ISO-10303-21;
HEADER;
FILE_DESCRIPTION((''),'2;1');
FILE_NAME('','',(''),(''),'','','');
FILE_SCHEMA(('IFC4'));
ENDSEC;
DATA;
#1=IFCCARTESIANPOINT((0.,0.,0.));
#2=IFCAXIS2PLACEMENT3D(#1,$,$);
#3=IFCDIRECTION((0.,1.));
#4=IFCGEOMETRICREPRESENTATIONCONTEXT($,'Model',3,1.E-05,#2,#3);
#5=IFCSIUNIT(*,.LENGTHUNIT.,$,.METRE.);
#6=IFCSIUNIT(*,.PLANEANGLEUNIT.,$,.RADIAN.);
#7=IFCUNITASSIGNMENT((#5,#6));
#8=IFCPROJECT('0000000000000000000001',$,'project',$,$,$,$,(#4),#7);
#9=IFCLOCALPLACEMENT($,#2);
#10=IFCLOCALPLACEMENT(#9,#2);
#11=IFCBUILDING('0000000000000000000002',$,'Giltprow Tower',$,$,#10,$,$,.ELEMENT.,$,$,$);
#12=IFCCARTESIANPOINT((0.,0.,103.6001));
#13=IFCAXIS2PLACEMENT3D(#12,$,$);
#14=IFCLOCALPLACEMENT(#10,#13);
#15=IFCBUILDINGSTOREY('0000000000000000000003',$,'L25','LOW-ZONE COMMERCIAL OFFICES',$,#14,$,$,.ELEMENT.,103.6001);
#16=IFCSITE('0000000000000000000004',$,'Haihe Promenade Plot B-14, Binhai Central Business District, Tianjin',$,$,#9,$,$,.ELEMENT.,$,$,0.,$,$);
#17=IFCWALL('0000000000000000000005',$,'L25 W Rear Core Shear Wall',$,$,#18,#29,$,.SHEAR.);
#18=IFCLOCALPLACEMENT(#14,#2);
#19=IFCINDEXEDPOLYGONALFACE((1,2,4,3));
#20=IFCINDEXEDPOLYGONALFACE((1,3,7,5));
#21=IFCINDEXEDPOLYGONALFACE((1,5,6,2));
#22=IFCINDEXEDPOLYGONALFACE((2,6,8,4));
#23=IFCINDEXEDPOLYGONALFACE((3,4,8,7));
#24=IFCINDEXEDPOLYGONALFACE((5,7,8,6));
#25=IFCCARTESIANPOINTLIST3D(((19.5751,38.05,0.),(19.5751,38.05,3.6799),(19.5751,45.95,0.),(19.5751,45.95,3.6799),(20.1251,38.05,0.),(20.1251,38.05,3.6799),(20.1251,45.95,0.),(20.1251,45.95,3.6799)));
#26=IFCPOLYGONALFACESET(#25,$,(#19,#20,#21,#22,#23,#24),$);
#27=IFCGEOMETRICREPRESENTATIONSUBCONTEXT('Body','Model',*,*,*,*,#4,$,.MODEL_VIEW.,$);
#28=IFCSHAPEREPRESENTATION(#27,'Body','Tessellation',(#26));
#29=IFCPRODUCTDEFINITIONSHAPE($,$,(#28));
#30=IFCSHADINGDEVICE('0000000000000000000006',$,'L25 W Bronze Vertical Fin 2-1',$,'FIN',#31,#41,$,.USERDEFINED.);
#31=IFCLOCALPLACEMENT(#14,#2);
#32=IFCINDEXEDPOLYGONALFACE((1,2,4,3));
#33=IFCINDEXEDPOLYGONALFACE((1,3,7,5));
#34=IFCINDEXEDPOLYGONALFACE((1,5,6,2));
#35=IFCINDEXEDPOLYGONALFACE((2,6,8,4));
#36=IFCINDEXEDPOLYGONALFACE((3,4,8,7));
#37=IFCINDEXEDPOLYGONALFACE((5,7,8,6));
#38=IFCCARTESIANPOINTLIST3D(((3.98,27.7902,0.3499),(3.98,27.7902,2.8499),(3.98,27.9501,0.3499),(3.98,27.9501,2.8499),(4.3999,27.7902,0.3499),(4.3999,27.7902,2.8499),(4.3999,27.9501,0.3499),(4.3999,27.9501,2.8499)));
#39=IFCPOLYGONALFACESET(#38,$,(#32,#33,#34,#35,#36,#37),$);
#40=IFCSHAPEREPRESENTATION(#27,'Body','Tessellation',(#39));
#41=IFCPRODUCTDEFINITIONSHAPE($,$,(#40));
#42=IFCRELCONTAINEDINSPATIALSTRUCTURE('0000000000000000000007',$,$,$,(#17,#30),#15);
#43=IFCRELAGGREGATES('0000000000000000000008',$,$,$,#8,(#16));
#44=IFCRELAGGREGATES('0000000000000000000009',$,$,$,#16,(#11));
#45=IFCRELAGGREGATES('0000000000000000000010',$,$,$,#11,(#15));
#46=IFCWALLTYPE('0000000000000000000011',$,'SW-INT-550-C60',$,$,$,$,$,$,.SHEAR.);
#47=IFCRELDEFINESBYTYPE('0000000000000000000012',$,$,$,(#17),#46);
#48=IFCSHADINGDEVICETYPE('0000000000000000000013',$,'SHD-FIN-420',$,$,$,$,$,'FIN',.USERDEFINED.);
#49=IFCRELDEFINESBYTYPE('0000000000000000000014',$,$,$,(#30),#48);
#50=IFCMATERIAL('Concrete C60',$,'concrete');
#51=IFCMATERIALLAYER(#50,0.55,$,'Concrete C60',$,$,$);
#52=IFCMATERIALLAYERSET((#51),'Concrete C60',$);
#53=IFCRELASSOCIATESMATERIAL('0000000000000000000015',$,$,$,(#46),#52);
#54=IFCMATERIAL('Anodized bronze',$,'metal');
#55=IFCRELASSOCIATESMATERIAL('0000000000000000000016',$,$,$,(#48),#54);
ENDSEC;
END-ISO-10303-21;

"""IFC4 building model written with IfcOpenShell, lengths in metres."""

from ifc_helpers import new_model, si_unit, direction, frame, frame_2d, origin, origin_2d, place, context, subcontext, project, spatial, rectangle, extrude, source, transform, mapped, material, layer, layer_set, type_object, element, save


model = new_model("IFC4")

# Units and contexts
model_context = context("Model", 3, precision=1e-05, world=origin(), true_north=direction((0.0, 1.0)))
body_context = subcontext(model_context, "Body", "Model", "MODEL_VIEW")
ifc_project = project(units=[si_unit("LENGTHUNIT", "METRE"), si_unit("PLANEANGLEUNIT", "RADIAN")], contexts=[model_context])

# Site, building, storey
site_placement = place(None, origin())
site = spatial("IfcSite", under=ifc_project, at=site_placement, Name="Haihe Promenade Plot B-14, Binhai Central Business District, Tianjin", CompositionType="ELEMENT", RefElevation=0.0)
building_placement = place(site_placement, origin())
building = spatial("IfcBuilding", under=site, at=building_placement, Name="Giltprow Tower", CompositionType="ELEMENT")
storey_placement = place(building_placement, frame((0.0, 0.0, 103.6001)))
storey = spatial("IfcBuildingStorey", under=building, at=storey_placement, Name="L25", Description="LOW-ZONE COMMERCIAL OFFICES", CompositionType="ELEMENT", Elevation=103.6001)

# Shared definitions
ifc_material_1 = material(Name="Concrete C60", Category="concrete")

# Shared definitions
ifc_layer_1 = layer(ifc_material_1, 0.55, Name="Concrete C60")
ifc_layer_set_1 = layer_set([ifc_layer_1], Name="Concrete C60")
wall_type_1 = type_object("IfcWallType", Name="SW-INT-550-C60", PredefinedType="SHEAR", material=ifc_layer_set_1)

# Wall
wall_1_placement = place(storey_placement, frame((19.8501, 38.05, 0.0), z_axis=(0.0, 0.0, 1.0), x_axis=(0.0, 1.0, 0.0)))
element("IfcWall", 1, at=wall_1_placement, inside=storey, type_object=wall_type_1, Name="L25 W Rear Core Shear Wall", PredefinedType="SHEAR", context=body_context, shape_type="SweptSolid", body=[
    extrude(rectangle(XDim=7.8999, YDim=0.55, at=frame_2d((3.95, 0.0))), origin(), (0.0, 0.0, 1.0), 3.6799),
])

# Shading device
ifc_material_2 = material(Name="Anodized bronze", Category="metal")
shading_device_type = type_object("IfcShadingDeviceType", Name="SHD-FIN-420", ElementType="FIN", PredefinedType="USERDEFINED", material=ifc_material_2)
shared_shape_1 = source(origin(), body_context, "Body", "SweptSolid", [
    extrude(rectangle(XDim=0.4199, YDim=0.1599, at=origin_2d()), origin(), (0.0, 0.0, 1.0), 2.5),
])
shading_device_placement = place(storey_placement, frame((4.1899, 27.8701, 0.3499), z_axis=(0.0, 0.0, 1.0), x_axis=(1.0, 0.0, 0.0)))
element("IfcShadingDevice", 2, at=shading_device_placement, inside=storey, type_object=shading_device_type, Name="L25 W Bronze Vertical Fin 2-1", ObjectType="FIN", PredefinedType="USERDEFINED", context=body_context, shape_type="MappedRepresentation", body=[
    mapped(shared_shape_1, transform((0.0, 0.0, 0.0), x_axis=(1.0, 0.0, 0.0), y_axis=(0.0, 1.0, 0.0), z_axis=(0.0, 0.0, 1.0), scale=1.0)),
])

save(model, "model.ifc")
